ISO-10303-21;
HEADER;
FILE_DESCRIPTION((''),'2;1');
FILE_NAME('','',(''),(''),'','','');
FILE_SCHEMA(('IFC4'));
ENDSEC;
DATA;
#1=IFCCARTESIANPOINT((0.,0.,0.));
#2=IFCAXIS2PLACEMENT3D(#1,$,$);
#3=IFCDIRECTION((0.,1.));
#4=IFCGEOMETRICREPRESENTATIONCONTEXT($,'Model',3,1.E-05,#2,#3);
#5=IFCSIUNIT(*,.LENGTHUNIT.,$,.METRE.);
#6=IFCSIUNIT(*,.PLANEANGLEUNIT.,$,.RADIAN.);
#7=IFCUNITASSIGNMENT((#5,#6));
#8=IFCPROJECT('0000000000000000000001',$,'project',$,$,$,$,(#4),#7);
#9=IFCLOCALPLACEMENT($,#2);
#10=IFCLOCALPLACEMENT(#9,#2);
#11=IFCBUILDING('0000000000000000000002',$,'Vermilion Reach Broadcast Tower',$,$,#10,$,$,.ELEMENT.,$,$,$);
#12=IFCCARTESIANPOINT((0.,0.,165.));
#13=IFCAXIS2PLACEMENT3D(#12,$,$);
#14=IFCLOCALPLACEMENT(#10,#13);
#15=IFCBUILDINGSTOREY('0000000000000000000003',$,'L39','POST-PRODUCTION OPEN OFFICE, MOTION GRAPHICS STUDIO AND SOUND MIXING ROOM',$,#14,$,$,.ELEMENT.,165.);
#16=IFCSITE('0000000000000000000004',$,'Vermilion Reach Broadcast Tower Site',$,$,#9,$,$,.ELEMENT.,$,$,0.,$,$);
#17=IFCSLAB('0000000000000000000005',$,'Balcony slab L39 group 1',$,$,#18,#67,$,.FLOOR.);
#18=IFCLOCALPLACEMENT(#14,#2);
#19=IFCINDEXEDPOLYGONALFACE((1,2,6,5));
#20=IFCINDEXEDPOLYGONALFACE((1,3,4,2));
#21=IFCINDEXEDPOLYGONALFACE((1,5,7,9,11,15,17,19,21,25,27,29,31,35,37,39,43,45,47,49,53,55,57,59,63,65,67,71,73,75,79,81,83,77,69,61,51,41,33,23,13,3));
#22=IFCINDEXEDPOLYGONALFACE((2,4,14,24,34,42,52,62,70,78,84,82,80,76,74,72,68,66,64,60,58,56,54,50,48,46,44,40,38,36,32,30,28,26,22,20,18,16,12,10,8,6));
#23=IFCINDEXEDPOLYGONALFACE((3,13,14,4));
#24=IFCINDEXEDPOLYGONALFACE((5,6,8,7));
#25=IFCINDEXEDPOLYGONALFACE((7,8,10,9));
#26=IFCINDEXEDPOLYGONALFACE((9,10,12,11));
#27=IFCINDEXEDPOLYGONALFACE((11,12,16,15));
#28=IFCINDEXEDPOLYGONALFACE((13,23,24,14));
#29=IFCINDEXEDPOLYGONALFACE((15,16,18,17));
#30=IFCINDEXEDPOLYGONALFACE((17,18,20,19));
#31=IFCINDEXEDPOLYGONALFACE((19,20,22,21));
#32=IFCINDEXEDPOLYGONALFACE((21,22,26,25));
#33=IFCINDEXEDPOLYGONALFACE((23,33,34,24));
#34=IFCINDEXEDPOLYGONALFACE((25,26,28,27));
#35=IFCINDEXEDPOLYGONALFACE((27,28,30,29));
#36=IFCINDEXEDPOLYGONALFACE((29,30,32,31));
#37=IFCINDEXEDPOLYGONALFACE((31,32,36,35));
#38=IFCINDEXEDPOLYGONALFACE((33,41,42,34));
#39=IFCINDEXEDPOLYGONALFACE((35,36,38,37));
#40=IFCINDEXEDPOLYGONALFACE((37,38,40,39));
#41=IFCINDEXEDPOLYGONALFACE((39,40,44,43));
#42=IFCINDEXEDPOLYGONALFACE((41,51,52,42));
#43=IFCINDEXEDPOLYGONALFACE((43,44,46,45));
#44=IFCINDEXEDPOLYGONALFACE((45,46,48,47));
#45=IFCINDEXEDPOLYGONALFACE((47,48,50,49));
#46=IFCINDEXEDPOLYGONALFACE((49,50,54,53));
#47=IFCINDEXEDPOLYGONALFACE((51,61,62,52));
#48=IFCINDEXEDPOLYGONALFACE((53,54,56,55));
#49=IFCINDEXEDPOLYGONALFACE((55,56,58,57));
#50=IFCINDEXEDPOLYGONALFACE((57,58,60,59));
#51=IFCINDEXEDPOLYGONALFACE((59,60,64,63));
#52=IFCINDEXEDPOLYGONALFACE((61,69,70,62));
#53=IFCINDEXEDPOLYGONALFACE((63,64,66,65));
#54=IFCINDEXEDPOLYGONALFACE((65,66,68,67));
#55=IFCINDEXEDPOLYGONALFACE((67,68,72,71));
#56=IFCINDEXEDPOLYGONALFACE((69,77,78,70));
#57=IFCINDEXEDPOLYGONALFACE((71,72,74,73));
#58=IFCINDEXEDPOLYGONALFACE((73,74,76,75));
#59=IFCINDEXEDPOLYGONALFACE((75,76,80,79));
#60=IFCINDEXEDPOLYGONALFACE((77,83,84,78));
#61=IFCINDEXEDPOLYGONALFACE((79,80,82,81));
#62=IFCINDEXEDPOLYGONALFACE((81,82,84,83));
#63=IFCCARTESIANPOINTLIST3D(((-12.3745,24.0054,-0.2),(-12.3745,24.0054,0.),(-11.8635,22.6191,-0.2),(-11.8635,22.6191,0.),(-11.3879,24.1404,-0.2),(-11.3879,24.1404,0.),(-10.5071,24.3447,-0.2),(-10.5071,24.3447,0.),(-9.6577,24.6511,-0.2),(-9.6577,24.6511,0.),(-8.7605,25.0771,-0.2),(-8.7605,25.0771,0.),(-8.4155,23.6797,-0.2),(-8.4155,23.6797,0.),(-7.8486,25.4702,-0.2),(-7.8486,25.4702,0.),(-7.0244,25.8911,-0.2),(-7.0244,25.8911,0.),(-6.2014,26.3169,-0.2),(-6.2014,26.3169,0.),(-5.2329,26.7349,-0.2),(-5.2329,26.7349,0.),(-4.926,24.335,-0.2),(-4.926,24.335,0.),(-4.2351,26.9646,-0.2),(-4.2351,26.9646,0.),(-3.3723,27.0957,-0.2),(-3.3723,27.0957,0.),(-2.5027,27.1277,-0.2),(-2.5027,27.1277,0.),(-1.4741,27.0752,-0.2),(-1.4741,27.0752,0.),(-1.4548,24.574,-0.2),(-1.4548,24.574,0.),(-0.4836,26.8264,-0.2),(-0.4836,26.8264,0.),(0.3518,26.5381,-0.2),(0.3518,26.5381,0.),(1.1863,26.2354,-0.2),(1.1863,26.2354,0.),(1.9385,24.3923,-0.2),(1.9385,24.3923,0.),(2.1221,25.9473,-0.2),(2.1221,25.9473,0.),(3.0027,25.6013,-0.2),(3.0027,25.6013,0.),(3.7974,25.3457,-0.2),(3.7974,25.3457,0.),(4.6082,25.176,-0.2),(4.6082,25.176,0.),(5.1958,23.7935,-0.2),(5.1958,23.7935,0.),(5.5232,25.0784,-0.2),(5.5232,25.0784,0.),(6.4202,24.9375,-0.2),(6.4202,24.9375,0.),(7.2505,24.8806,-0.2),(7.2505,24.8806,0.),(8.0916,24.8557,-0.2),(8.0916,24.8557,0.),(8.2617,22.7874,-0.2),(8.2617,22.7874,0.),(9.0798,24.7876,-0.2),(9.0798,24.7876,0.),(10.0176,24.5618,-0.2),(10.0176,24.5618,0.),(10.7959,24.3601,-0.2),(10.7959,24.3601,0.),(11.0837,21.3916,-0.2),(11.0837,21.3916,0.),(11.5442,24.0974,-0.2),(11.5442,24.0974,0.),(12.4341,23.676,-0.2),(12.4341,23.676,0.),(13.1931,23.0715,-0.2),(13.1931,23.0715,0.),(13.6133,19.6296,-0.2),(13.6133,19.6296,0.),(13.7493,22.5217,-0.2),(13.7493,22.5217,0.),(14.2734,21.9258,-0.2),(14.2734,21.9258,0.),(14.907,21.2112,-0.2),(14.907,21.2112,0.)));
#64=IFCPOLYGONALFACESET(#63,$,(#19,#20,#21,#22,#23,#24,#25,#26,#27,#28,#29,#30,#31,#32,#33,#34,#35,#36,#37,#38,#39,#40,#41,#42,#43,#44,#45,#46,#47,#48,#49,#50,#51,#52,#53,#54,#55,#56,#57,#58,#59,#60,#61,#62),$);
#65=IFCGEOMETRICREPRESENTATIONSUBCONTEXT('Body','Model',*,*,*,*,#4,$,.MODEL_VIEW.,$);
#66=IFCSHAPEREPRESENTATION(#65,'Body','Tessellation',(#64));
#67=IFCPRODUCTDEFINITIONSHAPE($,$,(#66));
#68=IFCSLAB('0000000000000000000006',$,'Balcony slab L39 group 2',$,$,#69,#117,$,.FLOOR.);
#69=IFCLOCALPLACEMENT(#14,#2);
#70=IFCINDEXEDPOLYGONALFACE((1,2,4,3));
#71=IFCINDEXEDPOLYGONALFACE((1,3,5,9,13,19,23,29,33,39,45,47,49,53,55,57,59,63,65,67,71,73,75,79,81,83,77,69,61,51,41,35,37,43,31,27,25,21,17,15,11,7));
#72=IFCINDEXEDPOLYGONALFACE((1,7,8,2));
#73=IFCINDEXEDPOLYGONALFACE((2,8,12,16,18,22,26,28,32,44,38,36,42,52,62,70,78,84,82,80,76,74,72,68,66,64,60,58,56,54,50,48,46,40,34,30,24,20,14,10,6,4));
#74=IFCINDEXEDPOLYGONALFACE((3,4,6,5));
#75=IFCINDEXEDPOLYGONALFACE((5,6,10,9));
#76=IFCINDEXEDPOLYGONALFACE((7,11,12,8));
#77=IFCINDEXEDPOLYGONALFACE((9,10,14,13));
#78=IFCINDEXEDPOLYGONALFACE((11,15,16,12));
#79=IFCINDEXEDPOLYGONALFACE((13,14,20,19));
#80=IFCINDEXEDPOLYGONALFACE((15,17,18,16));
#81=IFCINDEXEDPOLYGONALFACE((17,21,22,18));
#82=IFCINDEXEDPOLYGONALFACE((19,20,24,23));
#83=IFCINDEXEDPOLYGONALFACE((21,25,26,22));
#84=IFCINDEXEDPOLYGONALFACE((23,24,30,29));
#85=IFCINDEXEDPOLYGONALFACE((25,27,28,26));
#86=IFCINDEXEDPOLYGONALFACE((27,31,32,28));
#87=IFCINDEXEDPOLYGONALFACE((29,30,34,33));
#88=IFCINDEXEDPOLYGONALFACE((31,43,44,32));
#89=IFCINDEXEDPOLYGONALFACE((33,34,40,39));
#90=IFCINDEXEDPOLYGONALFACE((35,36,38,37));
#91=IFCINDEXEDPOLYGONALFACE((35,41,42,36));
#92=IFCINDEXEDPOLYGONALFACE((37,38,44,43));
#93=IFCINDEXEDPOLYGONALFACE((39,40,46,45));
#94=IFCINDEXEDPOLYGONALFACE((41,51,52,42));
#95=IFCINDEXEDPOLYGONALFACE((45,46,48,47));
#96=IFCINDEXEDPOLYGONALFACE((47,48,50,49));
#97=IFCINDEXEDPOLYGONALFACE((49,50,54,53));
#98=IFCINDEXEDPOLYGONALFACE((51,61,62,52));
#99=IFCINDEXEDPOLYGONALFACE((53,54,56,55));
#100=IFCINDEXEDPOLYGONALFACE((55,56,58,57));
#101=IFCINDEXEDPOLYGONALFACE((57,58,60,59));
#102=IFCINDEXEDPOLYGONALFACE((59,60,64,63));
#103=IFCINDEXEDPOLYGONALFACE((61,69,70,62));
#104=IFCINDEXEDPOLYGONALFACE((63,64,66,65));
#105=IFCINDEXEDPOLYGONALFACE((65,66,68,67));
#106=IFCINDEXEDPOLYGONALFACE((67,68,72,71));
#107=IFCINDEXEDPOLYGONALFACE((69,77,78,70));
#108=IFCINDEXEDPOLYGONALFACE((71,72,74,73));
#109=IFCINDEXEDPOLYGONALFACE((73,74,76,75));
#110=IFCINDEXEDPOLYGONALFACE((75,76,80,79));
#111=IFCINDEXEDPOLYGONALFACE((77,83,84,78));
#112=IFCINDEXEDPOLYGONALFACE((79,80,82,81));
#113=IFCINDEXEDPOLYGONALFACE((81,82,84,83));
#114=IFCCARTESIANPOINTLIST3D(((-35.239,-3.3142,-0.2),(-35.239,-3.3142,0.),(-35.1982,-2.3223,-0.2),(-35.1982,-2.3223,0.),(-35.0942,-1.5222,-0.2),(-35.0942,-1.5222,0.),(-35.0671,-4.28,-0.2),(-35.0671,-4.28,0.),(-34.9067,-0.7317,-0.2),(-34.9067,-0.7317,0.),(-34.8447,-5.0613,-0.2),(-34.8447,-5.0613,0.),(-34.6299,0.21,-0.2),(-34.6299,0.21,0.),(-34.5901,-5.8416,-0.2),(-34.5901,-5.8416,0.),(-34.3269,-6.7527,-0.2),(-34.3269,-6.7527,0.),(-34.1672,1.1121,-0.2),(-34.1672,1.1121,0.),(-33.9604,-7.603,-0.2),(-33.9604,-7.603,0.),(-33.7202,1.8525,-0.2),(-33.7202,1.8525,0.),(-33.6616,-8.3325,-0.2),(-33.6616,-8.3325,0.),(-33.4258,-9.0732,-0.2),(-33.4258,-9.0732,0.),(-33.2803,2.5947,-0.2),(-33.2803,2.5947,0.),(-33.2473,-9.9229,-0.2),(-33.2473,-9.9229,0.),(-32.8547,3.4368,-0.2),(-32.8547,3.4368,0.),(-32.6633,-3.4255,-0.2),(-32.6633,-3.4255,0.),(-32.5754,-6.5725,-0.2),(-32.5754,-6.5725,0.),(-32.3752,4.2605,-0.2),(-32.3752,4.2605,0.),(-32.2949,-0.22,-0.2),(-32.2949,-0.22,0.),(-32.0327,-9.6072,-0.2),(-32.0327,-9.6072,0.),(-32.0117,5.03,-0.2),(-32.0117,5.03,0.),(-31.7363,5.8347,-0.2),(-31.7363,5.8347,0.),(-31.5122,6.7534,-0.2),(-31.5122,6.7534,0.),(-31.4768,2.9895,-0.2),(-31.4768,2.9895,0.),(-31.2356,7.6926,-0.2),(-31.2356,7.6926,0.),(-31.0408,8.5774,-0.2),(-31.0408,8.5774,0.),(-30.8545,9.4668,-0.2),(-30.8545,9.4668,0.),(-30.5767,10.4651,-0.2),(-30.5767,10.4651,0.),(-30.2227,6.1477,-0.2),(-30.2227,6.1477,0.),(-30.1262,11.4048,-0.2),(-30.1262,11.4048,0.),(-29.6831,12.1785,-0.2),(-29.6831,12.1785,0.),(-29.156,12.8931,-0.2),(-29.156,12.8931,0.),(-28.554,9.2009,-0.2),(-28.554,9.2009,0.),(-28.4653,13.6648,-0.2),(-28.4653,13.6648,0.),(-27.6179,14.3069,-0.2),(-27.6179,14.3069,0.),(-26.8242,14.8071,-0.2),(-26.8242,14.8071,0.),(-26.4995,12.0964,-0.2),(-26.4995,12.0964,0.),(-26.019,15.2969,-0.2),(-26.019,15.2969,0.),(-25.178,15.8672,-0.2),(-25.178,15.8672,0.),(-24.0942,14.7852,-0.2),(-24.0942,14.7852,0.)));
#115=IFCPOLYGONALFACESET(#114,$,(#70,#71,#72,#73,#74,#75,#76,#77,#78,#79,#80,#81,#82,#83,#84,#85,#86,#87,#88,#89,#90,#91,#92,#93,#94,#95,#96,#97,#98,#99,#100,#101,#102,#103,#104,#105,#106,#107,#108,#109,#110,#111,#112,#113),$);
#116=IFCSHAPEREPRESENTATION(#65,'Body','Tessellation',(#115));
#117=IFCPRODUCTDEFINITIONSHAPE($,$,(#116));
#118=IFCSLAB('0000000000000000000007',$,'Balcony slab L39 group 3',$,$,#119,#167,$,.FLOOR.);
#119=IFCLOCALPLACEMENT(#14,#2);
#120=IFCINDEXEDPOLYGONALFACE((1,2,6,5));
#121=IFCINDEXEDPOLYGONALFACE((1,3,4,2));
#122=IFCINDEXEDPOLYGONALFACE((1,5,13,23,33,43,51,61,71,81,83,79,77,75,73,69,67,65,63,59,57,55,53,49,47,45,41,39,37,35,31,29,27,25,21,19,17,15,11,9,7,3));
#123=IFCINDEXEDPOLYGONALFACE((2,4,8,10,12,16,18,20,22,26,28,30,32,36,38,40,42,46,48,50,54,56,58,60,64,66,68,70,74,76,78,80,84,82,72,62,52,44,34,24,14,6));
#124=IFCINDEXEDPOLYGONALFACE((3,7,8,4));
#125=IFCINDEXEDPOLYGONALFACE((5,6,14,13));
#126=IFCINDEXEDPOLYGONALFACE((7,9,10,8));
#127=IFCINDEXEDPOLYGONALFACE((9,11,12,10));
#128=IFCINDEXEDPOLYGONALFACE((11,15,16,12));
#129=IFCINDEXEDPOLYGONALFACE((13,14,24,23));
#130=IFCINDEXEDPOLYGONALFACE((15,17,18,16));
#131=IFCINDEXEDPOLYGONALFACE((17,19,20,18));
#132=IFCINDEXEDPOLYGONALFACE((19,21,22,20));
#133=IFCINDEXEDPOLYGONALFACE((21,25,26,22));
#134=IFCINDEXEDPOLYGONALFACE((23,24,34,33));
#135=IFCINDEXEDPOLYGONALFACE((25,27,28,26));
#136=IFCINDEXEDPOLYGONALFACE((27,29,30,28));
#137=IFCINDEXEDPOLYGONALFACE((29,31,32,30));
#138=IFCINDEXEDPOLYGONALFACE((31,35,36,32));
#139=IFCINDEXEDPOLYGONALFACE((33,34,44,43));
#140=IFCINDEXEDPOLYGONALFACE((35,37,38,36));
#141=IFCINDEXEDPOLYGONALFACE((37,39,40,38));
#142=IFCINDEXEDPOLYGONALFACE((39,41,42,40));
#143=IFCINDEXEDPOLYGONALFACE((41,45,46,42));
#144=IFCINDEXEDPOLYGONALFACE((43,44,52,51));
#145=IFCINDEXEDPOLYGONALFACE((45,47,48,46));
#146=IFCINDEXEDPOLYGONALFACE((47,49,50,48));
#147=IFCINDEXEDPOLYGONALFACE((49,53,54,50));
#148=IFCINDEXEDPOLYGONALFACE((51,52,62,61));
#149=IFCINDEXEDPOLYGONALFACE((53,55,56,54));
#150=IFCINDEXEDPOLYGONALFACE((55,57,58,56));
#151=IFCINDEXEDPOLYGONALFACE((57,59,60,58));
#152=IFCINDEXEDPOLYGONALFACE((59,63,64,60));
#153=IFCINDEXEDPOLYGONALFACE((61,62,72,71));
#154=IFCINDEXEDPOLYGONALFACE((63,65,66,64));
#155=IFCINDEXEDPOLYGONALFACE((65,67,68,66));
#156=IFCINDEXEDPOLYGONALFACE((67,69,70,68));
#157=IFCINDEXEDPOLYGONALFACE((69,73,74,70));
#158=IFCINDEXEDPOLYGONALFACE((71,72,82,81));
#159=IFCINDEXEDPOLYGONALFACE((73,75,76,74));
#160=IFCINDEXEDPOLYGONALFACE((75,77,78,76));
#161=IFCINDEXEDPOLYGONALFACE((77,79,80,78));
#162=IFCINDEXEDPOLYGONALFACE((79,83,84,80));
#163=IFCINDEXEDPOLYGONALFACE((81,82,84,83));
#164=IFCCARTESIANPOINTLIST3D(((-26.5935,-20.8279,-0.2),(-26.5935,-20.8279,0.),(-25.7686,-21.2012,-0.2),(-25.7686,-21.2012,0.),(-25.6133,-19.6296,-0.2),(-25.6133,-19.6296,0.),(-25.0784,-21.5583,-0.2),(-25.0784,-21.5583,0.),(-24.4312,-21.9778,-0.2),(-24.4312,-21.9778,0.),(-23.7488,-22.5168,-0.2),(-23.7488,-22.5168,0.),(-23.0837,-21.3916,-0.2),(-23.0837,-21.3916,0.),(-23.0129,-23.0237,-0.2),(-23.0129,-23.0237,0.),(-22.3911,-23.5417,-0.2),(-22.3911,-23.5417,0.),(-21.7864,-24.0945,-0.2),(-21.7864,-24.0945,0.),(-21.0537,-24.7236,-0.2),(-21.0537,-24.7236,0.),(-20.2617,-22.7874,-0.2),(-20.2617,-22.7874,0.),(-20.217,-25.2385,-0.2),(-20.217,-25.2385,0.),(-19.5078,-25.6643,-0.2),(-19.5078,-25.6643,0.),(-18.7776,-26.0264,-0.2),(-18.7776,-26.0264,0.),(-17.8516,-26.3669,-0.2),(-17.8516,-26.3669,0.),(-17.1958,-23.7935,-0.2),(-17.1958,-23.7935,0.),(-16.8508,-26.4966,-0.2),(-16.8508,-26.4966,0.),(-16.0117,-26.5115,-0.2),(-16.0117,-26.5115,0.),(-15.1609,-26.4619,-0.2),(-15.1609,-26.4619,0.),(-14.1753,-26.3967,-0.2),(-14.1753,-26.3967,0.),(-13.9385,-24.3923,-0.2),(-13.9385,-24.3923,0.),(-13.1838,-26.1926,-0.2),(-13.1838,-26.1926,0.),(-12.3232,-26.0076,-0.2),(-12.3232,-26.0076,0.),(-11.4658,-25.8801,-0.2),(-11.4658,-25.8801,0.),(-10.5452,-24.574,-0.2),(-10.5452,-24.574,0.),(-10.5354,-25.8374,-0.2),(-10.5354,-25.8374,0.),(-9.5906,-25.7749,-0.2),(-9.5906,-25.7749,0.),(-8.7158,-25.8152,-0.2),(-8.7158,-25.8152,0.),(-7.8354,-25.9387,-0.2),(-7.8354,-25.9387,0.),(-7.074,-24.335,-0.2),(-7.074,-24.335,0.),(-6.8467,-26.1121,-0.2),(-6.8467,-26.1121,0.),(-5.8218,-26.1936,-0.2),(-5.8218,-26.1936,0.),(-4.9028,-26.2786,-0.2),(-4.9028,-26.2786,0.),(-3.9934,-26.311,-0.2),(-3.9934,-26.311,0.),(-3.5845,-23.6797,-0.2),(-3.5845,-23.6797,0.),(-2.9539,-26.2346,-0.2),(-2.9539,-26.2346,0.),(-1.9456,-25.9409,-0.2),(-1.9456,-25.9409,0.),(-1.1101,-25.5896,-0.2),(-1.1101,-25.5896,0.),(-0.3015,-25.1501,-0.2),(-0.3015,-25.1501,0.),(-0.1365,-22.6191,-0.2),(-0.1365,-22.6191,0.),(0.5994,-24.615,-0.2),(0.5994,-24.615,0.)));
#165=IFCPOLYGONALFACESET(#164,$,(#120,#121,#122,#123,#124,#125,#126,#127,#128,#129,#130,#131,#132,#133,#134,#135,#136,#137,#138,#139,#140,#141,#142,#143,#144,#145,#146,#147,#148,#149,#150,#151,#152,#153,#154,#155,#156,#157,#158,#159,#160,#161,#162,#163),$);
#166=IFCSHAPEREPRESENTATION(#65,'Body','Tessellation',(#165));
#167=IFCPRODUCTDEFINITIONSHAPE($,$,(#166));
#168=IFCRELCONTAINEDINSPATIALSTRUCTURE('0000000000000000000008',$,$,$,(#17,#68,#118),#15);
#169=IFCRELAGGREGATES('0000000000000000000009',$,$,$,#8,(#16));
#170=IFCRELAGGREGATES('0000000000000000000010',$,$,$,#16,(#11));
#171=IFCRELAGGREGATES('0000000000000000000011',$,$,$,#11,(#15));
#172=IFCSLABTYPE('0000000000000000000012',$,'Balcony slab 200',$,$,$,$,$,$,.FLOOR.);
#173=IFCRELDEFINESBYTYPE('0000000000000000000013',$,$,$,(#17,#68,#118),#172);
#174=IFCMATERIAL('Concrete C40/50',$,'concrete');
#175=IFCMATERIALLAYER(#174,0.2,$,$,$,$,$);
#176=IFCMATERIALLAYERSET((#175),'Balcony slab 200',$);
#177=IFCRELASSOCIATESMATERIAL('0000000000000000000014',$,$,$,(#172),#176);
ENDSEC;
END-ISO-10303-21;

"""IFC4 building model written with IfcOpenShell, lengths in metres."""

from ifc_helpers import new_model, si_unit, direction, frame, origin, place, context, subcontext, project, spatial, polyline, outline, extrude, material, layer, layer_set, type_object, element, save


model = new_model("IFC4")

# Units and contexts
model_context = context("Model", 3, precision=1e-05, world=origin(), true_north=direction((0.0, 1.0)))
body_context = subcontext(model_context, "Body", "Model", "MODEL_VIEW")
ifc_project = project(units=[si_unit("LENGTHUNIT", "METRE"), si_unit("PLANEANGLEUNIT", "RADIAN")], contexts=[model_context])

# Site, building, storey
site_placement = place(None, origin())
site = spatial("IfcSite", under=ifc_project, at=site_placement, Name="Vermilion Reach Broadcast Tower Site", CompositionType="ELEMENT", RefElevation=0.0)
building_placement = place(site_placement, origin())
building = spatial("IfcBuilding", under=site, at=building_placement, Name="Vermilion Reach Broadcast Tower", CompositionType="ELEMENT")
storey_placement = place(building_placement, frame((0.0, 0.0, 165.0)))
storey = spatial("IfcBuildingStorey", under=building, at=storey_placement, Name="L39", Description="POST-PRODUCTION OPEN OFFICE, MOTION GRAPHICS STUDIO AND SOUND MIXING ROOM", CompositionType="ELEMENT", Elevation=165.0)

# Slabs
ifc_material_1 = material(Name="Concrete C40/50", Category="concrete")
ifc_layer_1 = layer(ifc_material_1, 0.2)
ifc_layer_set_1 = layer_set([ifc_layer_1], Name="Balcony slab 200")
slab_type_1 = type_object("IfcSlabType", Name="Balcony slab 200", PredefinedType="FLOOR", material=ifc_layer_set_1)
placement_1 = place(storey_placement, frame((0.0, 0.0, -0.2)))
element("IfcSlab", 1, at=placement_1, inside=storey, type_object=slab_type_1, Name="Balcony slab L39 group 1", PredefinedType="FLOOR", context=body_context, shape_type="SweptSolid", body=[
    extrude(outline(polyline([(13.6133, 19.6296), (11.0837, 21.3916), (8.2617, 22.7874), (5.1958, 23.7935), (1.9385, 24.3923), (-1.4548, 24.574), (-4.926, 24.335), (-8.4155, 23.6797), (-11.8635, 22.6191), (-12.3745, 24.0054), (-11.3879, 24.1404), (-10.5071, 24.3447), (-9.6577, 24.6511), (-8.7605, 25.0771), (-7.8486, 25.4702), (-7.0244, 25.8911), (-6.2014, 26.3169), (-5.2329, 26.7349), (-4.2351, 26.9646), (-3.3723, 27.0957), (-2.5027, 27.1277), (-1.4741, 27.0752), (-0.4836, 26.8264), (0.3518, 26.5381), (1.1863, 26.2354), (2.1221, 25.9473), (3.0027, 25.6013), (3.7974, 25.3457), (4.6082, 25.176), (5.5232, 25.0784), (6.4202, 24.9375), (7.2505, 24.8806), (8.0916, 24.8557), (9.0798, 24.7876), (10.0176, 24.5618), (10.7959, 24.3601), (11.5442, 24.0974), (12.4341, 23.676), (13.1931, 23.0715), (13.7493, 22.5217), (14.2734, 21.9258), (14.907, 21.2112), (13.6133, 19.6296)])), origin(), (0.0, 0.0, 1.0), 0.2),
])
element("IfcSlab", 2, at=placement_1, inside=storey, type_object=slab_type_1, Name="Balcony slab L39 group 2", PredefinedType="FLOOR", context=body_context, shape_type="SweptSolid", body=[
    extrude(outline(polyline([(-24.0942, 14.7852), (-26.4995, 12.0964), (-28.554, 9.2009), (-30.2227, 6.1477), (-31.4768, 2.9895), (-32.2949, -0.22), (-32.6633, -3.4255), (-32.5754, -6.5725), (-32.0327, -9.6072), (-33.2473, -9.9229), (-33.4258, -9.0732), (-33.6616, -8.3325), (-33.9604, -7.603), (-34.3269, -6.7527), (-34.5901, -5.8416), (-34.8447, -5.0613), (-35.0671, -4.28), (-35.239, -3.3142), (-35.1982, -2.3223), (-35.0942, -1.5222), (-34.9067, -0.7317), (-34.6299, 0.21), (-34.1672, 1.1121), (-33.7202, 1.8525), (-33.2803, 2.5947), (-32.8547, 3.4368), (-32.3752, 4.2605), (-32.0117, 5.03), (-31.7363, 5.8347), (-31.5122, 6.7534), (-31.2356, 7.6926), (-31.0408, 8.5774), (-30.8545, 9.4668), (-30.5767, 10.4651), (-30.1262, 11.4048), (-29.6831, 12.1785), (-29.156, 12.8931), (-28.4653, 13.6648), (-27.6179, 14.3069), (-26.8242, 14.8071), (-26.019, 15.2969), (-25.178, 15.8672), (-24.0942, 14.7852)])), origin(), (0.0, 0.0, 1.0), 0.2),
])
element("IfcSlab", 3, at=placement_1, inside=storey, type_object=slab_type_1, Name="Balcony slab L39 group 3", PredefinedType="FLOOR", context=body_context, shape_type="SweptSolid", body=[
    extrude(outline(polyline([(-25.6133, -19.6296), (-23.0837, -21.3916), (-20.2617, -22.7874), (-17.1958, -23.7935), (-13.9385, -24.3923), (-10.5452, -24.574), (-7.074, -24.335), (-3.5845, -23.6797), (-0.1365, -22.6191), (0.5994, -24.615), (-0.3015, -25.1501), (-1.1101, -25.5896), (-1.9456, -25.9409), (-2.9539, -26.2346), (-3.9934, -26.311), (-4.9028, -26.2786), (-5.8218, -26.1936), (-6.8467, -26.1121), (-7.8354, -25.9387), (-8.7158, -25.8152), (-9.5906, -25.7749), (-10.5354, -25.8374), (-11.4658, -25.8801), (-12.3232, -26.0076), (-13.1838, -26.1926), (-14.1753, -26.3967), (-15.1609, -26.4619), (-16.0117, -26.5115), (-16.8508, -26.4966), (-17.8516, -26.3669), (-18.7776, -26.0264), (-19.5078, -25.6643), (-20.217, -25.2385), (-21.0537, -24.7236), (-21.7864, -24.0945), (-22.3911, -23.5417), (-23.0129, -23.0237), (-23.7488, -22.5168), (-24.4312, -21.9778), (-25.0784, -21.5583), (-25.7686, -21.2012), (-26.5935, -20.8279), (-25.6133, -19.6296)])), origin(), (0.0, 0.0, 1.0), 0.2),
])

save(model, "model.ifc")
